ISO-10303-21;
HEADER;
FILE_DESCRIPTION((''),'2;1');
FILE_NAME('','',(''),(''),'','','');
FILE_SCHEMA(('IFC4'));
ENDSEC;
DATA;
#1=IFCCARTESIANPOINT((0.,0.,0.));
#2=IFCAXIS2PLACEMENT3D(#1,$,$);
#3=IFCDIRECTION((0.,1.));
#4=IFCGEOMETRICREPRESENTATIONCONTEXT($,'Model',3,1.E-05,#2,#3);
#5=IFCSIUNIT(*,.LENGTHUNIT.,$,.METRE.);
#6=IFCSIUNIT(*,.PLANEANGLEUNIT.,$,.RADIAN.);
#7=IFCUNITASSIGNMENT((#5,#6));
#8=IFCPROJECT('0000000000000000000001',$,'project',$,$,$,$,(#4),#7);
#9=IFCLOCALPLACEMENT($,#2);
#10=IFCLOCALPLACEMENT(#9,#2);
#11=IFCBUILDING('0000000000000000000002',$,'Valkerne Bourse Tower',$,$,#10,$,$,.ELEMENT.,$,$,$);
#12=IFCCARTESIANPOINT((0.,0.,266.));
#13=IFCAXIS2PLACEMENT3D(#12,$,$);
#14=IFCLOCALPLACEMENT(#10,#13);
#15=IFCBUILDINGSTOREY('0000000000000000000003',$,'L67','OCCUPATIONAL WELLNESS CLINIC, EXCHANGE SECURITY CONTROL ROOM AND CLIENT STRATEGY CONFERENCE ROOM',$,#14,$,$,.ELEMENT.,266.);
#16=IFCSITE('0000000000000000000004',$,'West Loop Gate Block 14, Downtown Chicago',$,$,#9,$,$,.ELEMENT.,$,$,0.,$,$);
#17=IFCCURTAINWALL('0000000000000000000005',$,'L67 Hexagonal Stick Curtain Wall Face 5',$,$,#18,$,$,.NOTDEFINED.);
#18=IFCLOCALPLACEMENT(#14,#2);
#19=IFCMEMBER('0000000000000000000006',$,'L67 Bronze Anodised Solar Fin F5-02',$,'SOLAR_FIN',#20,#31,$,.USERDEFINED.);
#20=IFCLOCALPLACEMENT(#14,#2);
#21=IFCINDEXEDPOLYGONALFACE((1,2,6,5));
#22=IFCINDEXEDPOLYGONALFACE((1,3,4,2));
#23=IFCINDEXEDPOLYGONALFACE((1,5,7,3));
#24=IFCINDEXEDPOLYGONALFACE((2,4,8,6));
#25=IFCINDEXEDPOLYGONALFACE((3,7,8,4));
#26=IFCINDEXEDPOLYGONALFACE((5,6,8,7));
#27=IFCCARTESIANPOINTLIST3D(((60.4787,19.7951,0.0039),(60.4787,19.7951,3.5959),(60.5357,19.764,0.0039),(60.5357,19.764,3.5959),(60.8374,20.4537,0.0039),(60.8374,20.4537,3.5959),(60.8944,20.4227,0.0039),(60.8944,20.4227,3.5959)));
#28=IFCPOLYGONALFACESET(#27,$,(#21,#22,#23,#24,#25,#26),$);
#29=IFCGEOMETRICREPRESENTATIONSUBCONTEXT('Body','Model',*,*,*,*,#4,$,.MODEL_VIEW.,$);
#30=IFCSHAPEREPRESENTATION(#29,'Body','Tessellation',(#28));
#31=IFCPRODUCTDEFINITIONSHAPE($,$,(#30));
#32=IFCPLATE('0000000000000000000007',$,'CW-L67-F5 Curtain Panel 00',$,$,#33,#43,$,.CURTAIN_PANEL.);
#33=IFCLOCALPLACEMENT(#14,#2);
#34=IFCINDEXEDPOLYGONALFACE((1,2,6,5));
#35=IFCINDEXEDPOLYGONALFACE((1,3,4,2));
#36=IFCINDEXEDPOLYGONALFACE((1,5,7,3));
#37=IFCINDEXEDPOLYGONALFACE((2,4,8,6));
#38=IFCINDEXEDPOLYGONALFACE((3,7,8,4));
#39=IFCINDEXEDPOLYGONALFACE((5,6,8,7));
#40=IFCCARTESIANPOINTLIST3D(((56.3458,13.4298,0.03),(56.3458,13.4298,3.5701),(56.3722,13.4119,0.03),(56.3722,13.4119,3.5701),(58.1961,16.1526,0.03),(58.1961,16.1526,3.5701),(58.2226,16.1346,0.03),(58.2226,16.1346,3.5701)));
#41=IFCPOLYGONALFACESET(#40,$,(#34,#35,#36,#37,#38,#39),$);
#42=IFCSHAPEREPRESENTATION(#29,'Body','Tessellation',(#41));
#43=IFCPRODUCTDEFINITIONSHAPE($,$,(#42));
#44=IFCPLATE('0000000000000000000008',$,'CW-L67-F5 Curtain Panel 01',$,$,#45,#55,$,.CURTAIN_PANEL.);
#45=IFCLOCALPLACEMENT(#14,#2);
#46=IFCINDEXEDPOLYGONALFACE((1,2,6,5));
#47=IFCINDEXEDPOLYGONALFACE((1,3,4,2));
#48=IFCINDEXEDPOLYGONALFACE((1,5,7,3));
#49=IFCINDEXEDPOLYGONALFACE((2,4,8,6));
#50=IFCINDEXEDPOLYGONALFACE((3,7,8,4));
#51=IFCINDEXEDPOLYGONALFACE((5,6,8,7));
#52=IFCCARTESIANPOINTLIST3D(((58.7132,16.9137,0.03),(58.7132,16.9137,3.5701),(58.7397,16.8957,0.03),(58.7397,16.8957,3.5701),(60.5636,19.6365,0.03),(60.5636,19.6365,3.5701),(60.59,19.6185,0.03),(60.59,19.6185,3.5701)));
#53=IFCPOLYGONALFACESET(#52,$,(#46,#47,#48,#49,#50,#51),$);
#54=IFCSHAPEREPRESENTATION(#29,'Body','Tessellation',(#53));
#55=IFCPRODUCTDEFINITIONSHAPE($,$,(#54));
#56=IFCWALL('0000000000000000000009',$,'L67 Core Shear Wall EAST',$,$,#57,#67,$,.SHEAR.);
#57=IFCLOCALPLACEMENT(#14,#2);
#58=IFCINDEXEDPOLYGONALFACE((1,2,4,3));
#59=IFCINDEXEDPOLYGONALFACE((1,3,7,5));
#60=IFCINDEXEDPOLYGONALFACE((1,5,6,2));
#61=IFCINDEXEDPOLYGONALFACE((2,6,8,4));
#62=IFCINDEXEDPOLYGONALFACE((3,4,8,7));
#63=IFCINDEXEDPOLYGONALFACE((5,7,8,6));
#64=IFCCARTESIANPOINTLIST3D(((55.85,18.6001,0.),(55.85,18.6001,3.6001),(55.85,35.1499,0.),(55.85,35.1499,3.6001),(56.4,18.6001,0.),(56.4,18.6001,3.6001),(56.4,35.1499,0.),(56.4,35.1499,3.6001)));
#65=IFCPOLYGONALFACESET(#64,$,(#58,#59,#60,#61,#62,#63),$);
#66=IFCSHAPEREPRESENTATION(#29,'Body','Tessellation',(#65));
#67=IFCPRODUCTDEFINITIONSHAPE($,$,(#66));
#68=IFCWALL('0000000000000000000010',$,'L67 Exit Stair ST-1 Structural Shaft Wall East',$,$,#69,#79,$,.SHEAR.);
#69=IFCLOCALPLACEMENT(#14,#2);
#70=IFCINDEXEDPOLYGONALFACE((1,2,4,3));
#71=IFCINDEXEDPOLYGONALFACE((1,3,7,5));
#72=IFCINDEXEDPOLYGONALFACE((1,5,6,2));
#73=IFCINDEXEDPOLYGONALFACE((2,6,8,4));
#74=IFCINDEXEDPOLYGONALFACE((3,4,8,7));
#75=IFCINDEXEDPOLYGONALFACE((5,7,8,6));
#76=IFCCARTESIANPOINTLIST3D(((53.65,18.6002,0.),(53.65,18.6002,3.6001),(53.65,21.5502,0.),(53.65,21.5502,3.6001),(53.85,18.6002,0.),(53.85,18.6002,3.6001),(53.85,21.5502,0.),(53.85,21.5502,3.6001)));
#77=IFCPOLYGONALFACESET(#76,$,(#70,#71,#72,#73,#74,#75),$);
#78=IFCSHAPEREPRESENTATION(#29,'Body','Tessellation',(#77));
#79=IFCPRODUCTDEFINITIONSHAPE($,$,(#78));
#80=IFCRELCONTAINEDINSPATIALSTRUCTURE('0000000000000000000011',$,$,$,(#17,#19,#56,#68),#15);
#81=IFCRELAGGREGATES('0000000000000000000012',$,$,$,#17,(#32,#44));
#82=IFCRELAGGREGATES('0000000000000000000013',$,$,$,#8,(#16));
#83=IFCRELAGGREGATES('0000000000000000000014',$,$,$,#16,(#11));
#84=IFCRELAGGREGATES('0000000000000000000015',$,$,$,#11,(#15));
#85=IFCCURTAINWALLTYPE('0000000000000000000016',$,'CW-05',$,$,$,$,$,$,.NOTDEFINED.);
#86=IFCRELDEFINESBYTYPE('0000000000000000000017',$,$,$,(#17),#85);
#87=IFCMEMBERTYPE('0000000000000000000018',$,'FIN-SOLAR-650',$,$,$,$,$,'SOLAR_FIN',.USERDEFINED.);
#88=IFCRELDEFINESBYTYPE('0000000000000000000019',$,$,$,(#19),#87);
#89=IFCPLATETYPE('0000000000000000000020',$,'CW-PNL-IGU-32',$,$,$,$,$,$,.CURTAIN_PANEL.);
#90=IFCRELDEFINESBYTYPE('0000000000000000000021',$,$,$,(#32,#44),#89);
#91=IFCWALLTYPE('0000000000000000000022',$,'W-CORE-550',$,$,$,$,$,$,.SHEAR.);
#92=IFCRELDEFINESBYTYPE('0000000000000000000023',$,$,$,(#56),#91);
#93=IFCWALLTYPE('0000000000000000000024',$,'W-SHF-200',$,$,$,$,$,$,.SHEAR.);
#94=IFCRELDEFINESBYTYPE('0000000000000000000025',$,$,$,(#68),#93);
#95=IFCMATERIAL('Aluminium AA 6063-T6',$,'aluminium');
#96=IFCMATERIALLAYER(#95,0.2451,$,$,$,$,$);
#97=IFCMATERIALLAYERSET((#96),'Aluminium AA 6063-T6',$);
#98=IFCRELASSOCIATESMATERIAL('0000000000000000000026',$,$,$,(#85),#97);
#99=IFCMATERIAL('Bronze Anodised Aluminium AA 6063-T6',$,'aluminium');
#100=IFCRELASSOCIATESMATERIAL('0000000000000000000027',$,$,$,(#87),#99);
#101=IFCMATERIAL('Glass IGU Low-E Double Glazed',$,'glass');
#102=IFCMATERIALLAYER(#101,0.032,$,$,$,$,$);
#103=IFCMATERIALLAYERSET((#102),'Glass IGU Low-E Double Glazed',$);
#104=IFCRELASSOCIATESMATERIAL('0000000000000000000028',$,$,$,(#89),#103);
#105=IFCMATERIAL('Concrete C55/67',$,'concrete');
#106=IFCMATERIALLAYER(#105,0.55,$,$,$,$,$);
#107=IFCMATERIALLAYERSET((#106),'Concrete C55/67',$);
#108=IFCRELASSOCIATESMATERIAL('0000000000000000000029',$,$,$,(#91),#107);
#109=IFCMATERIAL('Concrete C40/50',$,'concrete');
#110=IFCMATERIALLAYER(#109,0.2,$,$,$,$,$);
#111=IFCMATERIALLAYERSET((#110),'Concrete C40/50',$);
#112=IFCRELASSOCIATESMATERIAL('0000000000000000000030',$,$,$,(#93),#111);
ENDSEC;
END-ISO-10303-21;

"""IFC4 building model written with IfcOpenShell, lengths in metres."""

from ifc_helpers import new_model, si_unit, direction, frame, frame_2d, origin, origin_2d, place, context, subcontext, project, spatial, rectangle, extrude, material, layer, layer_set, material_profile, profile_set, type_object, element, aggregate, save


model = new_model("IFC4")

# Units and contexts
model_context = context("Model", 3, precision=1e-05, world=origin(), true_north=direction((0.0, 1.0)))
body_context = subcontext(model_context, "Body", "Model", "MODEL_VIEW")
ifc_project = project(units=[si_unit("LENGTHUNIT", "METRE"), si_unit("PLANEANGLEUNIT", "RADIAN")], contexts=[model_context])

# Site, building, storey
site_placement = place(None, origin())
site = spatial("IfcSite", under=ifc_project, at=site_placement, Name="West Loop Gate Block 14, Downtown Chicago", CompositionType="ELEMENT", RefElevation=0.0)
building_placement = place(site_placement, origin())
building = spatial("IfcBuilding", under=site, at=building_placement, Name="Valkerne Bourse Tower", CompositionType="ELEMENT")
storey_placement = place(building_placement, frame((0.0, 0.0, 266.0)))
storey = spatial("IfcBuildingStorey", under=building, at=storey_placement, Name="L67", Description="OCCUPATIONAL WELLNESS CLINIC, EXCHANGE SECURITY CONTROL ROOM AND CLIENT STRATEGY CONFERENCE ROOM", CompositionType="ELEMENT", Elevation=266.0)

# Curtain wall
ifc_material_1 = material(Name="Aluminium AA 6063-T6", Category="aluminium")
ifc_layer_1 = layer(ifc_material_1, 0.2451)
ifc_layer_set_1 = layer_set([ifc_layer_1], Name="Aluminium AA 6063-T6")
curtain_wall_type = type_object("IfcCurtainWallType", Name="CW-05", PredefinedType="NOTDEFINED", material=ifc_layer_set_1)
curtain_wall_placement = place(storey_placement, origin())
curtain_wall = element("IfcCurtainWall", 1, at=curtain_wall_placement, inside=storey, type_object=curtain_wall_type, Name="L67 Hexagonal Stick Curtain Wall Face 5", PredefinedType="NOTDEFINED")

# Member
ifc_material_2 = material(Name="Bronze Anodised Aluminium AA 6063-T6", Category="aluminium")
ifc_material_profile_1 = material_profile(ifc_material_2, rectangle(XDim=0.0649, YDim=0.75, at=origin_2d()), Name="FIN-65X750")
ifc_profile_set_1 = profile_set([ifc_material_profile_1], Name="Bronze Anodised Aluminium AA 6063-T6")
member_type_1 = type_object("IfcMemberType", Name="FIN-SOLAR-650", ElementType="SOLAR_FIN", PredefinedType="USERDEFINED", material=ifc_profile_set_1)
member_1_placement = place(storey_placement, frame((60.6865, 20.1089, 0.0039), z_axis=(0.0, 0.0, 1.0), x_axis=(0.878207, -0.47828, 0.0)))
element("IfcMember", 2, at=member_1_placement, inside=storey, type_object=member_type_1, Name="L67 Bronze Anodised Solar Fin F5-02", ObjectType="SOLAR_FIN", PredefinedType="USERDEFINED", context=body_context, shape_type="SweptSolid", body=[
    extrude(rectangle(XDim=0.0649, YDim=0.75, at=origin_2d()), origin(), (0.0, 0.0, 1.0), 3.592),
])

# Plates
ifc_material_3 = material(Name="Glass IGU Low-E Double Glazed", Category="glass")
ifc_layer_2 = layer(ifc_material_3, 0.032)
ifc_layer_set_2 = layer_set([ifc_layer_2], Name="Glass IGU Low-E Double Glazed")
plate_type = type_object("IfcPlateType", Name="CW-PNL-IGU-32", PredefinedType="CURTAIN_PANEL", material=ifc_layer_set_2)
plate_1_placement = place(storey_placement, frame((57.2842, 14.7822, 0.03), z_axis=(0.0, 0.0, 1.0), x_axis=(0.56208, 0.827083, 0.0)))
plate_1 = element("IfcPlate", 3, at=plate_1_placement, type_object=plate_type, Name="CW-L67-F5 Curtain Panel 00", PredefinedType="CURTAIN_PANEL", context=body_context, shape_type="SweptSolid", body=[
    extrude(rectangle(XDim=3.292, YDim=0.032, at=origin_2d()), origin(), (0.0, 0.0, 1.0), 3.54),
])
plate_2_placement = place(storey_placement, frame((59.6516, 18.2661, 0.03), z_axis=(0.0, 0.0, 1.0), x_axis=(0.56208, 0.827083, 0.0)))
plate_2 = element("IfcPlate", 4, at=plate_2_placement, type_object=plate_type, Name="CW-L67-F5 Curtain Panel 01", PredefinedType="CURTAIN_PANEL", context=body_context, shape_type="SweptSolid", body=[
    extrude(rectangle(XDim=3.292, YDim=0.032, at=origin_2d()), origin(), (0.0, 0.0, 1.0), 3.54),
])
aggregate(curtain_wall, [plate_1, plate_2])

# Walls
ifc_material_4 = material(Name="Concrete C55/67", Category="concrete")
ifc_layer_3 = layer(ifc_material_4, 0.55)
ifc_layer_set_3 = layer_set([ifc_layer_3], Name="Concrete C55/67")
wall_type_1 = type_object("IfcWallType", Name="W-CORE-550", PredefinedType="SHEAR", material=ifc_layer_set_3)
wall_1_placement = place(storey_placement, frame((56.125, 18.6001, 0.0), z_axis=(0.0, 0.0, 1.0), x_axis=(0.0, 1.0, 0.0)))
element("IfcWall", 5, at=wall_1_placement, inside=storey, type_object=wall_type_1, Name="L67 Core Shear Wall EAST", PredefinedType="SHEAR", context=body_context, shape_type="SweptSolid", body=[
    extrude(rectangle(XDim=16.5498, YDim=0.55, at=frame_2d((8.2749, 0.0))), origin(), (0.0, 0.0, 1.0), 3.6001),
])
ifc_material_5 = material(Name="Concrete C40/50", Category="concrete")
ifc_layer_4 = layer(ifc_material_5, 0.2)
ifc_layer_set_4 = layer_set([ifc_layer_4], Name="Concrete C40/50")
wall_type_2 = type_object("IfcWallType", Name="W-SHF-200", PredefinedType="SHEAR", material=ifc_layer_set_4)
wall_2_placement = place(storey_placement, frame((53.75, 18.6001, 0.0), z_axis=(0.0, 0.0, 1.0), x_axis=(0.0, 1.0, 0.0)))
element("IfcWall", 6, at=wall_2_placement, inside=storey, type_object=wall_type_2, Name="L67 Exit Stair ST-1 Structural Shaft Wall East", PredefinedType="SHEAR", context=body_context, shape_type="SweptSolid", body=[
    extrude(rectangle(XDim=2.95, YDim=0.2, at=frame_2d((1.4751, 0.0))), origin(), (0.0, 0.0, 1.0), 3.6001),
])

save(model, "model.ifc")
